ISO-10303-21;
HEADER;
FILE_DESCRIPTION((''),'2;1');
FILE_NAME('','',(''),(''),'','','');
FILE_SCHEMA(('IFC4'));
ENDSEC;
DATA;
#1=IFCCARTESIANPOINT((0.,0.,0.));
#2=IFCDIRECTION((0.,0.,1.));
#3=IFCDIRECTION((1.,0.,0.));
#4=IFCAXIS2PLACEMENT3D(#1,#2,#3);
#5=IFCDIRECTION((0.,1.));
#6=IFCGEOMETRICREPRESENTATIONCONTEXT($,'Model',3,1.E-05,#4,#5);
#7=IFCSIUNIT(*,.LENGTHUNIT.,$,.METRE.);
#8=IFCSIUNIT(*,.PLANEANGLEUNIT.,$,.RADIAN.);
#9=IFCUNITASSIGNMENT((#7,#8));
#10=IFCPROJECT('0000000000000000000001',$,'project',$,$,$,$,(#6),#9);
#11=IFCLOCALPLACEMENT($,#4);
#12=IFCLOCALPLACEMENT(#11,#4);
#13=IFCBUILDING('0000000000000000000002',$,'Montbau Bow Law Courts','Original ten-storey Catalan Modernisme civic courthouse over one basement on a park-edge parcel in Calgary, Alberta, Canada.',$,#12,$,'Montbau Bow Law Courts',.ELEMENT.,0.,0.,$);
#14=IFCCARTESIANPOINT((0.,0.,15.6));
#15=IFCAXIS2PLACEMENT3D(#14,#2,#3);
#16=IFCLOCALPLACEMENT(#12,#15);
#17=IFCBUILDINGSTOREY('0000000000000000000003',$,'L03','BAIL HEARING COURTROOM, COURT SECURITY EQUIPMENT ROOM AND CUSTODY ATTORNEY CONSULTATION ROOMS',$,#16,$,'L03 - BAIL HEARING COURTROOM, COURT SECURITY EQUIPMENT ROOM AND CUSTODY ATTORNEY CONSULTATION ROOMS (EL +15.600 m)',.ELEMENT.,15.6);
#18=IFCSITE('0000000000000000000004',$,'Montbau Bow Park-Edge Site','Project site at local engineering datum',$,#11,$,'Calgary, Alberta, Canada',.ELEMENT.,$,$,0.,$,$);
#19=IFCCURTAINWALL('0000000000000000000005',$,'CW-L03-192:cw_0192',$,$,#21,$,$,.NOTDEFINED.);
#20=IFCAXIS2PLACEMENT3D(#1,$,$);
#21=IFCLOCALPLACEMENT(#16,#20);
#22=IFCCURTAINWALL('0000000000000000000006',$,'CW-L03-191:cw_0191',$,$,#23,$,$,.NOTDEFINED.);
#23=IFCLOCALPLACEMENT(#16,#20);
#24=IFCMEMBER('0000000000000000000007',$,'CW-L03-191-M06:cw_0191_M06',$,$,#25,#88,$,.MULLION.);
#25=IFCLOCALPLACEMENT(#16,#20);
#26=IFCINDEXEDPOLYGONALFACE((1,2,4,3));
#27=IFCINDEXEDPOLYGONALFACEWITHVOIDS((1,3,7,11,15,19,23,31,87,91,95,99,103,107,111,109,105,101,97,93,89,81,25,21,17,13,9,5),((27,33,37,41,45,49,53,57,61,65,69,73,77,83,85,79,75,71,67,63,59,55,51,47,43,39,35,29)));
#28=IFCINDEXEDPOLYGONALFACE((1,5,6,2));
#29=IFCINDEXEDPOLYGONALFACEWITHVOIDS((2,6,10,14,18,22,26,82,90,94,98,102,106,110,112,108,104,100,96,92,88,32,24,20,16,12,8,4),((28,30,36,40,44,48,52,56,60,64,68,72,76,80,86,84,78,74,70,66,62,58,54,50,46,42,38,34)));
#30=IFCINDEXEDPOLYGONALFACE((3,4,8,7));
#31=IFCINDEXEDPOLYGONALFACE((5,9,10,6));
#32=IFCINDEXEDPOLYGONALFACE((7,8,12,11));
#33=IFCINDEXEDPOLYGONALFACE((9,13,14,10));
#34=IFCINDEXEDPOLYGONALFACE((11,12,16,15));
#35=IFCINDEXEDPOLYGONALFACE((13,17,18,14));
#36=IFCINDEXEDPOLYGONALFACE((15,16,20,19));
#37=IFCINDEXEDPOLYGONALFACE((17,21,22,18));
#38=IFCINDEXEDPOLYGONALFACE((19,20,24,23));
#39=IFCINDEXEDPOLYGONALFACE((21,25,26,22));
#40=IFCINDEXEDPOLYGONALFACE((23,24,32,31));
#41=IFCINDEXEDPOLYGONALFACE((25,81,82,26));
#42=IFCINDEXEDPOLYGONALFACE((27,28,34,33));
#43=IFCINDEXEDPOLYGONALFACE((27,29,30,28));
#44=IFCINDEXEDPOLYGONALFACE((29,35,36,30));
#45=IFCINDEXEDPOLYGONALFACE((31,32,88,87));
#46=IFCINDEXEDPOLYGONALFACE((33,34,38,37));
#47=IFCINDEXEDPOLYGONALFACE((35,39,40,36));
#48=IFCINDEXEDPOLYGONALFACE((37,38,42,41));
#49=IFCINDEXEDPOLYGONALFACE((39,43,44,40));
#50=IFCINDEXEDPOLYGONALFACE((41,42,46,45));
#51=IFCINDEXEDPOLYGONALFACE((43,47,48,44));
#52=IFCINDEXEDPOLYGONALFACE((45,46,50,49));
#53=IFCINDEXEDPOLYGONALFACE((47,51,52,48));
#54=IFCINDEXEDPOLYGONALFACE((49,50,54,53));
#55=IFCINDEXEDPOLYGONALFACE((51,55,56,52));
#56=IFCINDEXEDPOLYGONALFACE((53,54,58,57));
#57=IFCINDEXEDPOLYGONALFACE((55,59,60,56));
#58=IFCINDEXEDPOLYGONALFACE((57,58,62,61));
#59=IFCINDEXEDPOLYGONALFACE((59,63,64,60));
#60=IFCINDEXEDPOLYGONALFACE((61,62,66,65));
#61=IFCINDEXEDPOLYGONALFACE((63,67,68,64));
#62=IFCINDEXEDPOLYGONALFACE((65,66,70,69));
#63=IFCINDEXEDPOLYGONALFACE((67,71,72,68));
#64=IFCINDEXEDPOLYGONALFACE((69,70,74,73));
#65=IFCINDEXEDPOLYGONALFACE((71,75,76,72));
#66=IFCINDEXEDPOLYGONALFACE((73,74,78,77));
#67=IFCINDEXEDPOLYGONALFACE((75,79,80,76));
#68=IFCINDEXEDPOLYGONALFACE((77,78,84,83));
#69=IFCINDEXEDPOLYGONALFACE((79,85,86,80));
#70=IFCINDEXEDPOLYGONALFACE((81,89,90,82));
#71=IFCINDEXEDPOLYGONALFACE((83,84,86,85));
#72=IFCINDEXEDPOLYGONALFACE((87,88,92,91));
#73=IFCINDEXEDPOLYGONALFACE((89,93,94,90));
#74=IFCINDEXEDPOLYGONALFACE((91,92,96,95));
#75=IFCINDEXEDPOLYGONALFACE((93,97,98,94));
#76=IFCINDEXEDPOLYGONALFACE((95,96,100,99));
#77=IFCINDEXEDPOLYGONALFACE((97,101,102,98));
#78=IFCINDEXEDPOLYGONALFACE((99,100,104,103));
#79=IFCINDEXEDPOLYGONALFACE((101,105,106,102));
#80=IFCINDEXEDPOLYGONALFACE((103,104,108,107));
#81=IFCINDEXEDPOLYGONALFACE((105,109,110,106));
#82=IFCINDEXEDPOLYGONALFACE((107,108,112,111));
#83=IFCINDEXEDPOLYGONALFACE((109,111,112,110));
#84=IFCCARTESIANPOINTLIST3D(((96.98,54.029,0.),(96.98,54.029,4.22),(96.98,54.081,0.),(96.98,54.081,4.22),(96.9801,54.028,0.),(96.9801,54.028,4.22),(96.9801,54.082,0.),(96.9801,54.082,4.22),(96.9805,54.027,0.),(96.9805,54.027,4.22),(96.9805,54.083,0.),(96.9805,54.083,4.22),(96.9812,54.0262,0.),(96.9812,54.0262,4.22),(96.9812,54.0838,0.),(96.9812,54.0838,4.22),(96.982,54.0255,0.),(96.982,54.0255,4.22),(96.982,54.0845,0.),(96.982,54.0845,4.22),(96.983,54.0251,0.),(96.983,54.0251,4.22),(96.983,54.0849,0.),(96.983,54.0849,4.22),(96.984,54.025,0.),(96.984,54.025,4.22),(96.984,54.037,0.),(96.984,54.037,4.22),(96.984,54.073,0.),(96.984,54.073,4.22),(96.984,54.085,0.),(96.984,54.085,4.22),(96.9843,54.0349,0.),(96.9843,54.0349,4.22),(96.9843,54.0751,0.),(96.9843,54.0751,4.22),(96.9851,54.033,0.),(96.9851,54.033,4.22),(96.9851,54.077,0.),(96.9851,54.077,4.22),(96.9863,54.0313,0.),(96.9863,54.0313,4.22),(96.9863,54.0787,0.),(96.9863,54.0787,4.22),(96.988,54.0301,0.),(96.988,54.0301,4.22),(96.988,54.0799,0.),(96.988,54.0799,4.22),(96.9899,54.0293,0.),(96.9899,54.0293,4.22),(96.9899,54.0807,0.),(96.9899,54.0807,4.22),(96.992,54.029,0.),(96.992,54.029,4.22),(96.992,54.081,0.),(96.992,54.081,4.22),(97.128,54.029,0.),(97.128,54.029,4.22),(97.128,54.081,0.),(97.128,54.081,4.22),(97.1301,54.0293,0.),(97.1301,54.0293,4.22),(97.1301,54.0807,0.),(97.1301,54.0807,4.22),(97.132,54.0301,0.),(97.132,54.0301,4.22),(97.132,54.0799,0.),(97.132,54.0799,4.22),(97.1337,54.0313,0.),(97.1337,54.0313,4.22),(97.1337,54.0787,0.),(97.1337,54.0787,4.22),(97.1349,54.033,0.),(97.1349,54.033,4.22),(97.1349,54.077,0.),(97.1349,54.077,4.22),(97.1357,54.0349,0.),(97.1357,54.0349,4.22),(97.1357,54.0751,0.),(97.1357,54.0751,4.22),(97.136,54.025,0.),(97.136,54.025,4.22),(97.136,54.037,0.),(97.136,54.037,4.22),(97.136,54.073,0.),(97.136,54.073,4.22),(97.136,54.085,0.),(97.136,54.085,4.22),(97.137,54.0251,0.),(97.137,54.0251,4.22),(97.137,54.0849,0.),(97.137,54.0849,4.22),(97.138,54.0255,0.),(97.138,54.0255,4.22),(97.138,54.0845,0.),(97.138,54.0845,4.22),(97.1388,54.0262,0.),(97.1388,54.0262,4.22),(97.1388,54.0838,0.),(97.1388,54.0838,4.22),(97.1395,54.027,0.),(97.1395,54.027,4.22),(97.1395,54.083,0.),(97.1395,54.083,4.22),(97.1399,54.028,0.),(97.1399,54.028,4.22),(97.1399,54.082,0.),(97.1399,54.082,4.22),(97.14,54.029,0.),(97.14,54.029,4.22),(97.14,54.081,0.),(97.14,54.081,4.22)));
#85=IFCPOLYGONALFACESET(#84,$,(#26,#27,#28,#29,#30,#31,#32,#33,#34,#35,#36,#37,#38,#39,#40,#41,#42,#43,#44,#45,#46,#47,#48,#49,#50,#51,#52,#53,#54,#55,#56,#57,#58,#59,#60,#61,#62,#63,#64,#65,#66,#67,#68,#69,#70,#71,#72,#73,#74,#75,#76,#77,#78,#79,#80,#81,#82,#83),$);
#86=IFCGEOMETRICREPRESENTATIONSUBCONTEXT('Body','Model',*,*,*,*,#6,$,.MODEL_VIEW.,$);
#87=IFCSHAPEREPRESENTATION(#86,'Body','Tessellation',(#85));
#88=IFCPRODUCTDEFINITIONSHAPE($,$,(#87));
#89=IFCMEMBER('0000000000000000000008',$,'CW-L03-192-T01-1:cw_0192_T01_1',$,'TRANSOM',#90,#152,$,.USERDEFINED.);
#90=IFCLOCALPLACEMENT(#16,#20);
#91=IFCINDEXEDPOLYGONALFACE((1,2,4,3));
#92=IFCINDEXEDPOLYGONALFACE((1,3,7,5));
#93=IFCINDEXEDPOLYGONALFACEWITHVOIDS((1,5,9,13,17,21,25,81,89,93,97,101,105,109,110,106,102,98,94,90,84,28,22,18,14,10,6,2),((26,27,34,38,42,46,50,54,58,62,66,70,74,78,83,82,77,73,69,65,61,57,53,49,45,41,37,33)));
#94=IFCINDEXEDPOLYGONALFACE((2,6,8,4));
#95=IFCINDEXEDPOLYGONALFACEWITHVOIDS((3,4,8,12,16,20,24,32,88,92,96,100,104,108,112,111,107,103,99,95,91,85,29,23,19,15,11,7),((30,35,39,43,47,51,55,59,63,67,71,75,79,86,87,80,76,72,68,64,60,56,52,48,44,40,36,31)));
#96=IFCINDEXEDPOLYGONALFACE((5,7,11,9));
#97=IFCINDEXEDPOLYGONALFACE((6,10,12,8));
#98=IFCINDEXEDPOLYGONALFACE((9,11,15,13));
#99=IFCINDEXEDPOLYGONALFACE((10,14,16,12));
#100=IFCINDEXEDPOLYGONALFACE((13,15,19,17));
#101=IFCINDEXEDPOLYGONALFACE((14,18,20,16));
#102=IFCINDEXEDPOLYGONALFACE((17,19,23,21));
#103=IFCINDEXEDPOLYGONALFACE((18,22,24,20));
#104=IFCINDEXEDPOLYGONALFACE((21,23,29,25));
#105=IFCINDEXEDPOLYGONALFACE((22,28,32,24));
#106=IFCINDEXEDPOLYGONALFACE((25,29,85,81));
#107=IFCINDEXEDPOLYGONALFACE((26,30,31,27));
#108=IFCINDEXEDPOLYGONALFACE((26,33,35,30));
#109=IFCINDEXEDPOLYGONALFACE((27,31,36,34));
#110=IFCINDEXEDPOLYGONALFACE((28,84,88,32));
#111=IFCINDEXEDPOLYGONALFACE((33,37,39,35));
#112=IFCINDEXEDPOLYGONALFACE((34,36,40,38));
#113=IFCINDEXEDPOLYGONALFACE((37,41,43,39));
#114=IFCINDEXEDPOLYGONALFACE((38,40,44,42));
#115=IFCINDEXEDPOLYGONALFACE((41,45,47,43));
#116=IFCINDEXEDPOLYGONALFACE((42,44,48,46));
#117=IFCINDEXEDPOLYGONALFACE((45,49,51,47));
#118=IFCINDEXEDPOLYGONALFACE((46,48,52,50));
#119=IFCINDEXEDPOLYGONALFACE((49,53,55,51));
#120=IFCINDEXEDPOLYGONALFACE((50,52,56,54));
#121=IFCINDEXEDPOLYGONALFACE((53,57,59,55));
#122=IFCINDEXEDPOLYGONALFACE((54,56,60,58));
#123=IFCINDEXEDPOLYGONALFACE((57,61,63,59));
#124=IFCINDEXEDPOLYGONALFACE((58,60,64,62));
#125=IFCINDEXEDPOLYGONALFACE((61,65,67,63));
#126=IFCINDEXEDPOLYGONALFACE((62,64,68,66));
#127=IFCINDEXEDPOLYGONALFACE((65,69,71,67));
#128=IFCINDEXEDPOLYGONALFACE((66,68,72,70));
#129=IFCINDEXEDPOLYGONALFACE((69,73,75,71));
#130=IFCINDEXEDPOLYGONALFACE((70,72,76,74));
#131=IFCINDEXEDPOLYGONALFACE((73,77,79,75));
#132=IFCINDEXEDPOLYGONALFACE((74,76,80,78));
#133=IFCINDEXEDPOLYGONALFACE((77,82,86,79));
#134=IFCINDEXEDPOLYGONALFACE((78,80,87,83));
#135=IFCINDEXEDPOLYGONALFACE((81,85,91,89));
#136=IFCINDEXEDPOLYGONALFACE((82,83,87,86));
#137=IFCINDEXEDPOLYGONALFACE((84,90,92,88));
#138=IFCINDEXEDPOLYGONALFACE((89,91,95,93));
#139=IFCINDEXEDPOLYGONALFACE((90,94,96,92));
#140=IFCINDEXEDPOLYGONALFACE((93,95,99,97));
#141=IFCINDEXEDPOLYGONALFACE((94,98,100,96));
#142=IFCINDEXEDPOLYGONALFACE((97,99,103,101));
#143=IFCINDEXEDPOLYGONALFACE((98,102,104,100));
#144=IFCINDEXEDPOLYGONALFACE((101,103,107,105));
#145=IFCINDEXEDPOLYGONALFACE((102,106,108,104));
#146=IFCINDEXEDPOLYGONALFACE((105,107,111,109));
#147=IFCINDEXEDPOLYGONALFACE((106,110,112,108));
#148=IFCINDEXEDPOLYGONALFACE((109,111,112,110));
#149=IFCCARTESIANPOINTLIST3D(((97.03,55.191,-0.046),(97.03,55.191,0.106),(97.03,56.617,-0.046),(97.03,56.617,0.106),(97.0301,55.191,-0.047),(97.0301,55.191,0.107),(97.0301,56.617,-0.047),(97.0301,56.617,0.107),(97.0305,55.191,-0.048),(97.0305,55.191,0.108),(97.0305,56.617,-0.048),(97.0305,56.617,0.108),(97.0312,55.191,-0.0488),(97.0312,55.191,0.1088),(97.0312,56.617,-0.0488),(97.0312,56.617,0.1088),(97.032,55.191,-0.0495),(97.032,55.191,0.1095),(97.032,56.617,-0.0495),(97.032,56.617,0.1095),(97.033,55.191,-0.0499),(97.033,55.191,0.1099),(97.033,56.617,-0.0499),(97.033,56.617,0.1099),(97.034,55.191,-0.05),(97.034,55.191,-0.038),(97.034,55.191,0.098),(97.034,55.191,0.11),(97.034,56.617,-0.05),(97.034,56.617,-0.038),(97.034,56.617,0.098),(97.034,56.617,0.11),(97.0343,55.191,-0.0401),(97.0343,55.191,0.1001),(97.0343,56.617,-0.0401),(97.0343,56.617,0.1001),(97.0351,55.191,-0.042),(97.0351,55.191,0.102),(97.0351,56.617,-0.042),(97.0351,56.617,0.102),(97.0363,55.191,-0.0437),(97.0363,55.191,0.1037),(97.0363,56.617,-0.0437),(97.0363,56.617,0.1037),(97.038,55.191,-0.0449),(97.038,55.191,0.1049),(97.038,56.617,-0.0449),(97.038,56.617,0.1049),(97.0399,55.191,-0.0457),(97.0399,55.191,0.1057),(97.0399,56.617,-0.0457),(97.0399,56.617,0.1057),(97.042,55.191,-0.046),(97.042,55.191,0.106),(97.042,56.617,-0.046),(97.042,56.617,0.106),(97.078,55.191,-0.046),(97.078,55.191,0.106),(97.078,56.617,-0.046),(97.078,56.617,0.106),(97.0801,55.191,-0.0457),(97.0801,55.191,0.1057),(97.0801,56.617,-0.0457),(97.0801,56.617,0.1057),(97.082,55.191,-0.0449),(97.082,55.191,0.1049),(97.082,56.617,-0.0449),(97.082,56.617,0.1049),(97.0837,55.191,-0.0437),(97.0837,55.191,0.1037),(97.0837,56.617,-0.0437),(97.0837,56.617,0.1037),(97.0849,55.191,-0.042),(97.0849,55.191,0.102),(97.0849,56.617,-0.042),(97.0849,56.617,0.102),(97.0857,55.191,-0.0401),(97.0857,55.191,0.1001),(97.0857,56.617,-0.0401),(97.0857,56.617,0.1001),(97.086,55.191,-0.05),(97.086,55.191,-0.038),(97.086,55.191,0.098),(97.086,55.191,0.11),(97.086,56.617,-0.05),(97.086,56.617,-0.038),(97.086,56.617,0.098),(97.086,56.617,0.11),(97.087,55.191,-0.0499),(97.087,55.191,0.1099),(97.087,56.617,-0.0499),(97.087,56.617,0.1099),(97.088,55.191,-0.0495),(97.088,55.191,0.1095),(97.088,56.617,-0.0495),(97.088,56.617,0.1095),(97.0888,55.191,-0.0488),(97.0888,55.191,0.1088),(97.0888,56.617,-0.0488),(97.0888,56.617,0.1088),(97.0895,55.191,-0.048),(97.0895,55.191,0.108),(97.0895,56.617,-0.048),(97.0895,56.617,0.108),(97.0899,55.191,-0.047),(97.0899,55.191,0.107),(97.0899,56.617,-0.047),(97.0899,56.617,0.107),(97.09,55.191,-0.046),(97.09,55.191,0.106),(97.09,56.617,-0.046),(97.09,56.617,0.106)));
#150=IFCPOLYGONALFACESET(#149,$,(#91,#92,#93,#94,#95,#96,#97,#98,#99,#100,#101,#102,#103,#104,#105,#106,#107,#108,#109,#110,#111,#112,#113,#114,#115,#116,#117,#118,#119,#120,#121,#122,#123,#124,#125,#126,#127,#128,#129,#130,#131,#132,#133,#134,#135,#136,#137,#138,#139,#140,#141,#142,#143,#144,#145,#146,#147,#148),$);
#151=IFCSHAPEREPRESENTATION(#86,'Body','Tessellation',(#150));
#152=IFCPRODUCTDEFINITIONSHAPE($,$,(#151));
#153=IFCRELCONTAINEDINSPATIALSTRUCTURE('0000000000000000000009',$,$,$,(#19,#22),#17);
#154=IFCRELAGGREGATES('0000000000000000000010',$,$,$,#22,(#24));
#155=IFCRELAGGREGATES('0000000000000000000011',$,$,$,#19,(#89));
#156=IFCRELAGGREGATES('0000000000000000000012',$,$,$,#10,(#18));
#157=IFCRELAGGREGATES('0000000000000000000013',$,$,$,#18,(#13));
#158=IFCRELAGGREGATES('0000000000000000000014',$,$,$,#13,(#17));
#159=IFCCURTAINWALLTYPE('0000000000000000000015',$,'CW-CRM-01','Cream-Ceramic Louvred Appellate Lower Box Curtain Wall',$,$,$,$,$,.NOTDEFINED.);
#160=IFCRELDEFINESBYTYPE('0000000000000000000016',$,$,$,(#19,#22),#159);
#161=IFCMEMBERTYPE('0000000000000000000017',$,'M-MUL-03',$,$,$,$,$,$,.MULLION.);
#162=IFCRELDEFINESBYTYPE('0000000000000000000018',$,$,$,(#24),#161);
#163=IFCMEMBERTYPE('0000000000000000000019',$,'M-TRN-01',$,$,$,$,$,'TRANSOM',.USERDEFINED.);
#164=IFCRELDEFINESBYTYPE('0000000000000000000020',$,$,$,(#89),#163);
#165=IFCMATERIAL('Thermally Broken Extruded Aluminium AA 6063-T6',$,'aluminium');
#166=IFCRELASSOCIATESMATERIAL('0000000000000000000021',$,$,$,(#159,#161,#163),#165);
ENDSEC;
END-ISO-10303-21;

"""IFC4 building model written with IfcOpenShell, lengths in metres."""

from ifc_helpers import new_model, si_unit, direction, frame, origin_with_axes, origin_2d_with_axis, place, context, subcontext, project, spatial, hollow_rectangle, extrude, material, material_profile, profile_set, type_object, element, aggregate, save


model = new_model("IFC4")

# Units and contexts
model_context = context("Model", 3, precision=1e-05, world=origin_with_axes(), true_north=direction((0.0, 1.0)))
body_context = subcontext(model_context, "Body", "Model", "MODEL_VIEW")
ifc_project = project(units=[si_unit("LENGTHUNIT", "METRE"), si_unit("PLANEANGLEUNIT", "RADIAN")], contexts=[model_context])

# Site, building, storey
site_placement = place(None, origin_with_axes())
site = spatial("IfcSite", under=ifc_project, at=site_placement, Name="Montbau Bow Park-Edge Site", Description="Project site at local engineering datum", LongName="Calgary, Alberta, Canada", CompositionType="ELEMENT", RefElevation=0.0)
building_placement = place(site_placement, origin_with_axes())
building = spatial("IfcBuilding", under=site, at=building_placement, Name="Montbau Bow Law Courts", Description="Original ten-storey Catalan Modernisme civic courthouse over one basement on a park-edge parcel in Calgary, Alberta, Canada.", LongName="Montbau Bow Law Courts", CompositionType="ELEMENT", ElevationOfRefHeight=0.0, ElevationOfTerrain=0.0)
storey_placement = place(building_placement, frame((0.0, 0.0, 15.6), z_axis=(0.0, 0.0, 1.0), x_axis=(1.0, 0.0, 0.0)))
storey = spatial("IfcBuildingStorey", under=building, at=storey_placement, Name="L03", Description="BAIL HEARING COURTROOM, COURT SECURITY EQUIPMENT ROOM AND CUSTODY ATTORNEY CONSULTATION ROOMS", LongName="L03 - BAIL HEARING COURTROOM, COURT SECURITY EQUIPMENT ROOM AND CUSTODY ATTORNEY CONSULTATION ROOMS (EL +15.600 m)", CompositionType="ELEMENT", Elevation=15.6)

# Curtain wall
ifc_material_1 = material(Name="Thermally Broken Extruded Aluminium AA 6063-T6", Category="aluminium")
curtain_wall_type = type_object("IfcCurtainWallType", Name="CW-CRM-01", Description="Cream-Ceramic Louvred Appellate Lower Box Curtain Wall", PredefinedType="NOTDEFINED", material=ifc_material_1)
curtain_wall_1_placement = place(None, frame((97.06, 55.115, 15.6), z_axis=(0.0, 0.0, 1.0), x_axis=(1.0, 0.0, 0.0)))
curtain_wall_1 = element("IfcCurtainWall", 1, at=curtain_wall_1_placement, inside=storey, type_object=curtain_wall_type, Name="CW-L03-192:cw_0192", PredefinedType="NOTDEFINED")

# Curtain wall, member
curtain_wall_2_placement = place(None, frame((97.06, 46.715, 15.6), z_axis=(0.0, 0.0, 1.0), x_axis=(1.0, 0.0, 0.0)))
curtain_wall_2 = element("IfcCurtainWall", 2, at=curtain_wall_2_placement, inside=storey, type_object=curtain_wall_type, Name="CW-L03-191:cw_0191", PredefinedType="NOTDEFINED")
ifc_material_profile_1 = material_profile(ifc_material_1, hollow_rectangle(XDim=0.06, YDim=0.16, WallThickness=0.004, InnerFilletRadius=0.008, OuterFilletRadius=0.004, at=origin_2d_with_axis()), Name="CWM-160X60", Category="Main", Priority=0)
ifc_profile_set_1 = profile_set([ifc_material_profile_1], Name="Thermally Broken Extruded Aluminium AA 6063-T6")
member_type_1 = type_object("IfcMemberType", Name="M-MUL-03", PredefinedType="MULLION", material=ifc_profile_set_1)
member_1_placement = place(None, frame((97.06, 54.055, 15.6), z_axis=(0.0, 0.0, 1.0), x_axis=(0.0, 1.0, 0.0)))
member_1 = element("IfcMember", 3, at=member_1_placement, type_object=member_type_1, Name="CW-L03-191-M06:cw_0191_M06", PredefinedType="MULLION", context=body_context, shape_type="SweptSolid", body=[
    extrude(hollow_rectangle(XDim=0.06, YDim=0.16, WallThickness=0.004, InnerFilletRadius=0.008, OuterFilletRadius=0.004, at=origin_2d_with_axis()), origin_with_axes(), (0.0, 0.0, 1.0), 4.22),
])
aggregate(curtain_wall_2, [member_1])

# Member
ifc_material_profile_2 = material_profile(ifc_material_1, hollow_rectangle(XDim=0.06, YDim=0.16, WallThickness=0.004, InnerFilletRadius=0.008, OuterFilletRadius=0.004, at=origin_2d_with_axis()), Name="CWT-160X60", Category="Main", Priority=0)
ifc_profile_set_2 = profile_set([ifc_material_profile_2], Name="Thermally Broken Extruded Aluminium AA 6063-T6")
member_type_2 = type_object("IfcMemberType", Name="M-TRN-01", ElementType="TRANSOM", PredefinedType="USERDEFINED", material=ifc_profile_set_2)
member_2_placement = place(None, frame((97.06, 55.191, 15.63), z_axis=(0.0, 1.0, 0.0), x_axis=(-1.0, 0.0, 0.0)))
member_2 = element("IfcMember", 4, at=member_2_placement, type_object=member_type_2, Name="CW-L03-192-T01-1:cw_0192_T01_1", ObjectType="TRANSOM", PredefinedType="USERDEFINED", context=body_context, shape_type="SweptSolid", body=[
    extrude(hollow_rectangle(XDim=0.06, YDim=0.16, WallThickness=0.004, InnerFilletRadius=0.008, OuterFilletRadius=0.004, at=origin_2d_with_axis()), origin_with_axes(), (0.0, 0.0, 1.0), 1.426),
])

aggregate(curtain_wall_1, [member_2])

save(model, "model.ifc")
